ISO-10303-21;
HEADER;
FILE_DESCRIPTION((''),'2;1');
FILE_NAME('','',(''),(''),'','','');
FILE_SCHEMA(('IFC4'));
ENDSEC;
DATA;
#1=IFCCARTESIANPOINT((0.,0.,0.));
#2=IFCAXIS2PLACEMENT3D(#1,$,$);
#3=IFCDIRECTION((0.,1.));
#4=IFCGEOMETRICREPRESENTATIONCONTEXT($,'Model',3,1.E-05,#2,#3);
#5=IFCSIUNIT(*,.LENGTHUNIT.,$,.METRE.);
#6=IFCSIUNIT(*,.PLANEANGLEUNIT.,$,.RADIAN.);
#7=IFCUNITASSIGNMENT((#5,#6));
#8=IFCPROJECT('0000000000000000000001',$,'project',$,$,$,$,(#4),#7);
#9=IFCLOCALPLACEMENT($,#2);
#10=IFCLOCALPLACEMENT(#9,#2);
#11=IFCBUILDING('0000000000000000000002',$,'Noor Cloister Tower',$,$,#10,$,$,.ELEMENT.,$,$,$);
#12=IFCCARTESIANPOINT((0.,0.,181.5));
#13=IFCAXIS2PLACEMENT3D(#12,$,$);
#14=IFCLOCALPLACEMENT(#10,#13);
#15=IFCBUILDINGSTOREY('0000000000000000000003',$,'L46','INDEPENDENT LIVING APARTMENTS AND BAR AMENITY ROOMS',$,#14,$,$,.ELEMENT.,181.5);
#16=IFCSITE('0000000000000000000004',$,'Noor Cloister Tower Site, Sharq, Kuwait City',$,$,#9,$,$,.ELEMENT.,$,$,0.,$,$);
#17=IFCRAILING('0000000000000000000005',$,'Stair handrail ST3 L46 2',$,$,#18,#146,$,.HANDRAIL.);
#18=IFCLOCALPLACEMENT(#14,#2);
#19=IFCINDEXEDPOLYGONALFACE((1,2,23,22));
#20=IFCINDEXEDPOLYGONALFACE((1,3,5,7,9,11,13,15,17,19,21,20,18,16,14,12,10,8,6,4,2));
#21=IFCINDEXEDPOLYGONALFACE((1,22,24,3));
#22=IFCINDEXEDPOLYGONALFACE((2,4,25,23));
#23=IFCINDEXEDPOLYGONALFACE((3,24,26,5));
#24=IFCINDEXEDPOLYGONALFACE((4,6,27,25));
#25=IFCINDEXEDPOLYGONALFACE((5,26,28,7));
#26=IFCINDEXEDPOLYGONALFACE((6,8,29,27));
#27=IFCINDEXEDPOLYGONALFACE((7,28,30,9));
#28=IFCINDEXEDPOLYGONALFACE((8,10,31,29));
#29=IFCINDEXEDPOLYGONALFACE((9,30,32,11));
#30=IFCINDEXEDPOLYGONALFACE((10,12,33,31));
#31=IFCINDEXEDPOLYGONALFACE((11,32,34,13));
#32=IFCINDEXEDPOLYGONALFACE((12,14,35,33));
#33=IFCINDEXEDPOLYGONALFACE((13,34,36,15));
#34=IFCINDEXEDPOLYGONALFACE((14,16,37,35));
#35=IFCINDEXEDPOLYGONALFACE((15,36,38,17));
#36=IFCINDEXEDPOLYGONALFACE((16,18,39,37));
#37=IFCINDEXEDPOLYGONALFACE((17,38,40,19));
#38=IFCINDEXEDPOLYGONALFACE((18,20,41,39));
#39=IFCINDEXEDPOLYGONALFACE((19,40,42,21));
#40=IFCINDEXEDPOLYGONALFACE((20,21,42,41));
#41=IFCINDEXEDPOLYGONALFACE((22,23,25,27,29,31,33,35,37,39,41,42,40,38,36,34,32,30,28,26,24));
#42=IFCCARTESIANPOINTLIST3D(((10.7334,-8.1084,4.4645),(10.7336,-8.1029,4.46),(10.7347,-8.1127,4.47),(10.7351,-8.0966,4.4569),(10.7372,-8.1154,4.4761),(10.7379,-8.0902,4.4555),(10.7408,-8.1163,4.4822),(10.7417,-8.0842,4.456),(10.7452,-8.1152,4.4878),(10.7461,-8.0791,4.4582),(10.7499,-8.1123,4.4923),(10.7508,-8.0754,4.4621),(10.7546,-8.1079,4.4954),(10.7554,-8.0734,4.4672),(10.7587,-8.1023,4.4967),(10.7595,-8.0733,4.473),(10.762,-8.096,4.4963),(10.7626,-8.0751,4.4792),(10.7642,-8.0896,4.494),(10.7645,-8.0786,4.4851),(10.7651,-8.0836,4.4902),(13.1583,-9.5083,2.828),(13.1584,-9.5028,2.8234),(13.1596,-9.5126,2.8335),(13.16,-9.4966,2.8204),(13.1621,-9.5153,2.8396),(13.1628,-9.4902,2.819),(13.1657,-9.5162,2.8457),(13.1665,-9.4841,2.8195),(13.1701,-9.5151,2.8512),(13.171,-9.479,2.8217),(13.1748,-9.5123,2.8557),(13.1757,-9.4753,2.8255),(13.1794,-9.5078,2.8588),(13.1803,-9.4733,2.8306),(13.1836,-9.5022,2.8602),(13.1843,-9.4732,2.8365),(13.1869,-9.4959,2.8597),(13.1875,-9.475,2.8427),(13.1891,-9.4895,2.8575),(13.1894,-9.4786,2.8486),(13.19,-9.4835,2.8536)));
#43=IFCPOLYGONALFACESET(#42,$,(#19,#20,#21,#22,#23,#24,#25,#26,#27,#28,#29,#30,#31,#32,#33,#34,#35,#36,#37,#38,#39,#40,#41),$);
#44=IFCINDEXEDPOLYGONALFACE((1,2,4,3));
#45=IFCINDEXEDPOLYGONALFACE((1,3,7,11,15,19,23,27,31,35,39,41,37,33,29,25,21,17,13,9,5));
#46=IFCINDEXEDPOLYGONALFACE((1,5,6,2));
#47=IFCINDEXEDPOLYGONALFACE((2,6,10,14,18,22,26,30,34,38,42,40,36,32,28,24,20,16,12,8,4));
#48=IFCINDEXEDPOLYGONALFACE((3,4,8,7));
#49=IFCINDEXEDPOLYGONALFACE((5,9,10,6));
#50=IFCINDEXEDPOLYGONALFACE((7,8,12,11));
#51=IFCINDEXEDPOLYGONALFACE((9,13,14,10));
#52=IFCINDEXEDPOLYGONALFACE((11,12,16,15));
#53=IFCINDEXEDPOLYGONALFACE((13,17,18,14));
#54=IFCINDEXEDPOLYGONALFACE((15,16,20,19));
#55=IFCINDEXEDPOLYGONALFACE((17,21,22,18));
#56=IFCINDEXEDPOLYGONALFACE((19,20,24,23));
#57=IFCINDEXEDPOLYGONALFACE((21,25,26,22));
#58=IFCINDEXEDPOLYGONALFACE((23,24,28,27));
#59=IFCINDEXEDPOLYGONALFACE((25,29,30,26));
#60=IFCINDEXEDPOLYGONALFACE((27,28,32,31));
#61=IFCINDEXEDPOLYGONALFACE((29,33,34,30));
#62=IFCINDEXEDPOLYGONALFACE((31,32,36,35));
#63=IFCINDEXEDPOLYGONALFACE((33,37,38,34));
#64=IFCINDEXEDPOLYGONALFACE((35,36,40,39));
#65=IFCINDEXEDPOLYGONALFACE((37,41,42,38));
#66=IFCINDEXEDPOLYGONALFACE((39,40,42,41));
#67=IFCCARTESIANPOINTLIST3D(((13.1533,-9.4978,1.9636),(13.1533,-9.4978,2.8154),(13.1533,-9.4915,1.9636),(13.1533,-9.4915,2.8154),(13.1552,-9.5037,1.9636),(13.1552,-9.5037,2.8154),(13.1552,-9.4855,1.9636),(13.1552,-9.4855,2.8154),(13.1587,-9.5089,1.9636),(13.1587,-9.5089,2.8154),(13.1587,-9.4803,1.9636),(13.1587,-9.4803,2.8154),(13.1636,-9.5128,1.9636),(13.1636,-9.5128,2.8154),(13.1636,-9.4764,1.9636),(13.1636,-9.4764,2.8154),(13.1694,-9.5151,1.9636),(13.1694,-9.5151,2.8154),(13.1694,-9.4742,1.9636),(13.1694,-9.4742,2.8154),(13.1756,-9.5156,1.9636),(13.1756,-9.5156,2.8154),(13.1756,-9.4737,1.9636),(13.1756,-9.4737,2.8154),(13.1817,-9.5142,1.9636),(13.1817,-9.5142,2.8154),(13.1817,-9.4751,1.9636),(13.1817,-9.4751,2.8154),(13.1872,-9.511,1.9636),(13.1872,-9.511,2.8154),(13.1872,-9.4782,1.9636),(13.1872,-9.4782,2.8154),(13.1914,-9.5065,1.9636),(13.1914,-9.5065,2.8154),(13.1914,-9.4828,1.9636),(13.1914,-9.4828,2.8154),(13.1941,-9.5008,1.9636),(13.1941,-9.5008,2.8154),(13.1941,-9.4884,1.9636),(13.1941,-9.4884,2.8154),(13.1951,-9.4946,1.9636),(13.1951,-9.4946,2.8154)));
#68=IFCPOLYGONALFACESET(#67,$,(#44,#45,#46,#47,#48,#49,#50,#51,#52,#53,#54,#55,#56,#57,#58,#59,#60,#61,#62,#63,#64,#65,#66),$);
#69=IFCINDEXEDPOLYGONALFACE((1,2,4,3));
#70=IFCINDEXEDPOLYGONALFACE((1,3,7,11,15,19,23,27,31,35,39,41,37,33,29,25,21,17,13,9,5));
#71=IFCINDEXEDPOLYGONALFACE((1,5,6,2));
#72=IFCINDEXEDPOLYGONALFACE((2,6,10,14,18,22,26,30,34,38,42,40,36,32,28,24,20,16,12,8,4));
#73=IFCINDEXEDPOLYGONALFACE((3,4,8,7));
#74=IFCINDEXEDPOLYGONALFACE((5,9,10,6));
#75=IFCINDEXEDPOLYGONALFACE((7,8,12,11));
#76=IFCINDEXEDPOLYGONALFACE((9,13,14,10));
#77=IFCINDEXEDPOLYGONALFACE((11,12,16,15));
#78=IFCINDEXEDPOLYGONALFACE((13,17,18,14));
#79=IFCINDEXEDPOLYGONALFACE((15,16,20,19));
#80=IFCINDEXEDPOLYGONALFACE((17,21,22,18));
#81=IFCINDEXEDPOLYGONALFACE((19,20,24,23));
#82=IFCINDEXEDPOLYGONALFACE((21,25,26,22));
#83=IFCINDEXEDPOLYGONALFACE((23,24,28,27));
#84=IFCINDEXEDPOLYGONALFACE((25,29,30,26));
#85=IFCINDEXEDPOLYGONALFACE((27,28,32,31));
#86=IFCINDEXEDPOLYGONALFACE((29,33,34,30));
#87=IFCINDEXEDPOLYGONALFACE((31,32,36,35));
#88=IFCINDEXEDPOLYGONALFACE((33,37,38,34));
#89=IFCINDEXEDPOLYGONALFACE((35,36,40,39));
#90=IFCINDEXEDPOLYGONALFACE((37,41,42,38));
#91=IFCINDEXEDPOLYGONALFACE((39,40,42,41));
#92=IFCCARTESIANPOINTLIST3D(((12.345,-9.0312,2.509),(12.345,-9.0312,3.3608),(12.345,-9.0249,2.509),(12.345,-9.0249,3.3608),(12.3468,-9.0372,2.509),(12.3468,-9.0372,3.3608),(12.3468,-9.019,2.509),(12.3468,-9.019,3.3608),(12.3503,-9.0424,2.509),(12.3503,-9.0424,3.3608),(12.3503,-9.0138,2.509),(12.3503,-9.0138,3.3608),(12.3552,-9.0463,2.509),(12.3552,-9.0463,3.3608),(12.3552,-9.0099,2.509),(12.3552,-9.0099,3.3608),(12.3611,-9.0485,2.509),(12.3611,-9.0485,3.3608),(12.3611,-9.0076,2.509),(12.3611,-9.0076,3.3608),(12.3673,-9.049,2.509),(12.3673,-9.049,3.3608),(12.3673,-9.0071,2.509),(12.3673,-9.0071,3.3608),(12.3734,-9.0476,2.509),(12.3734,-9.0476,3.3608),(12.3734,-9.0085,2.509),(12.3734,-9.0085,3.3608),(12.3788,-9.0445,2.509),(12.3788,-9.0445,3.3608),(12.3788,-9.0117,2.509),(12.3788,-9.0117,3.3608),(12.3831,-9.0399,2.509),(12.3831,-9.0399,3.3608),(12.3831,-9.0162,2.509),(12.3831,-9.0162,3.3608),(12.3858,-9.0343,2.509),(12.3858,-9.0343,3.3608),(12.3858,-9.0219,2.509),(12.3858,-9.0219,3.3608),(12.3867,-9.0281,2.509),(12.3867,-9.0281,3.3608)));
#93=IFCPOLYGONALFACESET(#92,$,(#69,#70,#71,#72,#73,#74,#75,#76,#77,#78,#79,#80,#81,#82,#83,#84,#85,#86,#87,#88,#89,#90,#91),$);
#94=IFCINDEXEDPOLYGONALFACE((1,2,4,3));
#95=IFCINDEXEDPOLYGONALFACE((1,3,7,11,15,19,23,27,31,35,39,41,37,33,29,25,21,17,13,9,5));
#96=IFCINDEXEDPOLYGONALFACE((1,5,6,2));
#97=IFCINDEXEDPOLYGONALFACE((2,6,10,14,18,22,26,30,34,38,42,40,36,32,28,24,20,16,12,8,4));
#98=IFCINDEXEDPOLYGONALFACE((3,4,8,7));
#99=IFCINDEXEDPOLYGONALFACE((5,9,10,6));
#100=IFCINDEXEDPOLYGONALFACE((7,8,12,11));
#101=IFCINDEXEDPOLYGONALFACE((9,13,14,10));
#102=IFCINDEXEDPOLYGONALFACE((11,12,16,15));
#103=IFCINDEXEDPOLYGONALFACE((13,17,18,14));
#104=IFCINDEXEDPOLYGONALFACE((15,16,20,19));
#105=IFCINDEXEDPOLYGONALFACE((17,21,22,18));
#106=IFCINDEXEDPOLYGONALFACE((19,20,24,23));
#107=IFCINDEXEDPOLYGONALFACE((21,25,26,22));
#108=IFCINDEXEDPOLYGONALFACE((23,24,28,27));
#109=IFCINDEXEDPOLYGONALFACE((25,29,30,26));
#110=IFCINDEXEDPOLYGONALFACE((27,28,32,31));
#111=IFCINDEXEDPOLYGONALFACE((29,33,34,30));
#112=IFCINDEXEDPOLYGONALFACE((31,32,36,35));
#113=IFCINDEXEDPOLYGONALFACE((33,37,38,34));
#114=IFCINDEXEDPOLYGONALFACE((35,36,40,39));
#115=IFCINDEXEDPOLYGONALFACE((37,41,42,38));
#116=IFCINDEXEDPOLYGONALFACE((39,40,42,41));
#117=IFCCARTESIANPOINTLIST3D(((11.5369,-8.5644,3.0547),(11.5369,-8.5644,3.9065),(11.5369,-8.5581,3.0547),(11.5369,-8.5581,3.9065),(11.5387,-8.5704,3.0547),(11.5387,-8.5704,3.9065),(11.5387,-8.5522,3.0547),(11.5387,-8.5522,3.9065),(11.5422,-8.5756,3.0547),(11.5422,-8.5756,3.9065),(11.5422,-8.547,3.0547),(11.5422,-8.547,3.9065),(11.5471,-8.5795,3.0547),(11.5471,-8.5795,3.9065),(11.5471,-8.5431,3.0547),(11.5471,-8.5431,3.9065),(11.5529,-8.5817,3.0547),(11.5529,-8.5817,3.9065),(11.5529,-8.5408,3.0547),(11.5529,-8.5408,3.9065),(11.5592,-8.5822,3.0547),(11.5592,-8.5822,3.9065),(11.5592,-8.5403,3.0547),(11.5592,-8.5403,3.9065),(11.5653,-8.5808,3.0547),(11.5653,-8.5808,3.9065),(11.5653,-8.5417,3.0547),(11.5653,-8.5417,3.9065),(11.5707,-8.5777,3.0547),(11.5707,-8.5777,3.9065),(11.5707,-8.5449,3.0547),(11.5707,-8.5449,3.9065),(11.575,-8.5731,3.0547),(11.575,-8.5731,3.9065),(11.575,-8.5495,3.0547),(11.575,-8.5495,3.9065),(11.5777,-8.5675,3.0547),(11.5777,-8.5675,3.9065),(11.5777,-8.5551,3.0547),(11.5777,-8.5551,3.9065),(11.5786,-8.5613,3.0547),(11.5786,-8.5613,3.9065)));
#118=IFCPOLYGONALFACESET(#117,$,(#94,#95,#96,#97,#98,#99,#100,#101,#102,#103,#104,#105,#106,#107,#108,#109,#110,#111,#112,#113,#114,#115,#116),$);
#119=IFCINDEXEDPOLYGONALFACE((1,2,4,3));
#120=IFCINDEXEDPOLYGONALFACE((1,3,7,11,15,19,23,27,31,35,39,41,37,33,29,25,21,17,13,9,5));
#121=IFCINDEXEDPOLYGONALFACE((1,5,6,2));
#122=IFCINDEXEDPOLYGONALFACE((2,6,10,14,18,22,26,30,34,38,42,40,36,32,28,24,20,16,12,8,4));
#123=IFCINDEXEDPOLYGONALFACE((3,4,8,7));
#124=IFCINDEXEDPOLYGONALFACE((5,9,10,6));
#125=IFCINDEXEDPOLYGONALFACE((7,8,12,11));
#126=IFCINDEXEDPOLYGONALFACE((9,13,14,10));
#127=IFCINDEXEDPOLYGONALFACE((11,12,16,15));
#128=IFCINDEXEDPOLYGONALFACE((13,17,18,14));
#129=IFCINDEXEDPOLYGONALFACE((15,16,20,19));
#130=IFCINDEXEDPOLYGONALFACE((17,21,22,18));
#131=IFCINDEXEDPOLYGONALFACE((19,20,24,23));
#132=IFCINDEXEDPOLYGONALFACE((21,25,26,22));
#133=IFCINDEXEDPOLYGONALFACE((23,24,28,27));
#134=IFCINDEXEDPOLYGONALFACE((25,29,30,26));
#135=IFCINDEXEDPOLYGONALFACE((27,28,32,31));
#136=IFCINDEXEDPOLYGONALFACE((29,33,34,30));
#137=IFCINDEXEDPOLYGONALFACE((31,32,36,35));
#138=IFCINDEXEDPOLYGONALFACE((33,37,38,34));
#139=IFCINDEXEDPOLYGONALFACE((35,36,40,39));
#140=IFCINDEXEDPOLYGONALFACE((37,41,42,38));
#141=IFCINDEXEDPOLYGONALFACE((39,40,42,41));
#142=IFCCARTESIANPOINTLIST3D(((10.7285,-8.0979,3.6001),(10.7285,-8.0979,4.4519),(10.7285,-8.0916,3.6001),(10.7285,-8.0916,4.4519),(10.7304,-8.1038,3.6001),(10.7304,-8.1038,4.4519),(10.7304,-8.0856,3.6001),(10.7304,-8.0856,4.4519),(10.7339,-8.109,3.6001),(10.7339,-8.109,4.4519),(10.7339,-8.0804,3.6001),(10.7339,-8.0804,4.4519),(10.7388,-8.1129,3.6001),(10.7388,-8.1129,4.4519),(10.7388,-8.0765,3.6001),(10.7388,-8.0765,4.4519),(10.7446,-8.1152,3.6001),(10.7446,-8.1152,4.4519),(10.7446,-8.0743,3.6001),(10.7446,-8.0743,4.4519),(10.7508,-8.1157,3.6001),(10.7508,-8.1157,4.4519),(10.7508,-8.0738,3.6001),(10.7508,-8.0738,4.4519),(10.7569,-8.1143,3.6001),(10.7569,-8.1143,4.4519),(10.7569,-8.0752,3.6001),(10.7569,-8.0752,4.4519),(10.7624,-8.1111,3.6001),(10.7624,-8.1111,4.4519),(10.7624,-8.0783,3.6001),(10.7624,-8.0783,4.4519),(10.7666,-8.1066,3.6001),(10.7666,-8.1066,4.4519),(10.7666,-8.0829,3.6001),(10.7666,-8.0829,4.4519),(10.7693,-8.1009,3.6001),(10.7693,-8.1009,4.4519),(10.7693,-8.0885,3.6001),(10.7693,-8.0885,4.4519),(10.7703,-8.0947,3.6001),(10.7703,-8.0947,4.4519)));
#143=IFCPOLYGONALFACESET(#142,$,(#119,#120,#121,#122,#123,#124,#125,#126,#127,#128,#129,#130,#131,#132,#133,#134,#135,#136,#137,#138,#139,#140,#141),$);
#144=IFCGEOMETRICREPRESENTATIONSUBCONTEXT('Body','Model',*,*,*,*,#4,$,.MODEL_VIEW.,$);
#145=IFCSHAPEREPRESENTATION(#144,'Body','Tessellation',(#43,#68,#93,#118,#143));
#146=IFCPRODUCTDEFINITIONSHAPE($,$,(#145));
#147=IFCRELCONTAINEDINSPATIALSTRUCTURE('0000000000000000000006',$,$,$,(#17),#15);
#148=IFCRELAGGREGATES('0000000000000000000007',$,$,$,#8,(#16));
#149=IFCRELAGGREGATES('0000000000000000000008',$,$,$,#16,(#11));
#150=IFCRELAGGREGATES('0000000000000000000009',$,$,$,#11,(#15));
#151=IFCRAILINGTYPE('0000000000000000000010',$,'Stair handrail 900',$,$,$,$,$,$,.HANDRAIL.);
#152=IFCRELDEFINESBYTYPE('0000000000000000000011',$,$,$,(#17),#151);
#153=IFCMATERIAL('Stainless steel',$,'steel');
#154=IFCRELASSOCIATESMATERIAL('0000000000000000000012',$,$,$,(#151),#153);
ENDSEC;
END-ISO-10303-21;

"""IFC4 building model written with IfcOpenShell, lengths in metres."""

from ifc_helpers import new_model, si_unit, direction, frame, origin, origin_2d, place, context, subcontext, project, spatial, circle, extrude, material, type_object, element, save


model = new_model("IFC4")

# Units and contexts
model_context = context("Model", 3, precision=1e-05, world=origin(), true_north=direction((0.0, 1.0)))
body_context = subcontext(model_context, "Body", "Model", "MODEL_VIEW")
ifc_project = project(units=[si_unit("LENGTHUNIT", "METRE"), si_unit("PLANEANGLEUNIT", "RADIAN")], contexts=[model_context])

# Site, building, storey
site_placement = place(None, origin())
site = spatial("IfcSite", under=ifc_project, at=site_placement, Name="Noor Cloister Tower Site, Sharq, Kuwait City", CompositionType="ELEMENT", RefElevation=0.0)
building_placement = place(site_placement, origin())
building = spatial("IfcBuilding", under=site, at=building_placement, Name="Noor Cloister Tower", CompositionType="ELEMENT")
storey_placement = place(building_placement, frame((0.0, 0.0, 181.5)))
storey = spatial("IfcBuildingStorey", under=building, at=storey_placement, Name="L46", Description="INDEPENDENT LIVING APARTMENTS AND BAR AMENITY ROOMS", CompositionType="ELEMENT", Elevation=181.5)

# Railing
ifc_material_1 = material(Name="Stainless steel", Category="steel")
railing_type_1 = type_object("IfcRailingType", Name="Stair handrail 900", PredefinedType="HANDRAIL", material=ifc_material_1)
railing_1_placement = place(storey_placement, frame((13.1741, -9.4946, 1.9636)))
element("IfcRailing", 1, at=railing_1_placement, inside=storey, type_object=railing_type_1, Name="Stair handrail ST3 L46 2", PredefinedType="HANDRAIL", context=body_context, shape_type="SweptSolid", body=[
    extrude(circle(Radius=0.0239, at=origin_2d()), frame((0.0, 0.0, 0.876), z_axis=(-0.74769, 0.431661, 0.504608), x_axis=(-0.499984, -0.866035, 0.0)), (0.0, 0.0, 1.0), 3.2432),
    extrude(circle(Radius=0.021, at=origin_2d()), origin(), (0.0, 0.0, 1.0), 0.8518),
    extrude(circle(Radius=0.021, at=origin_2d()), frame((-0.8083, 0.4666, 0.5454)), (0.0, 0.0, 1.0), 0.8518),
    extrude(circle(Radius=0.021, at=origin_2d()), frame((-1.6165, 0.9333, 1.0911)), (0.0, 0.0, 1.0), 0.8518),
    extrude(circle(Radius=0.021, at=origin_2d()), frame((-2.4248, 1.3999, 1.6365)), (0.0, 0.0, 1.0), 0.8518),
])

save(model, "model.ifc")
